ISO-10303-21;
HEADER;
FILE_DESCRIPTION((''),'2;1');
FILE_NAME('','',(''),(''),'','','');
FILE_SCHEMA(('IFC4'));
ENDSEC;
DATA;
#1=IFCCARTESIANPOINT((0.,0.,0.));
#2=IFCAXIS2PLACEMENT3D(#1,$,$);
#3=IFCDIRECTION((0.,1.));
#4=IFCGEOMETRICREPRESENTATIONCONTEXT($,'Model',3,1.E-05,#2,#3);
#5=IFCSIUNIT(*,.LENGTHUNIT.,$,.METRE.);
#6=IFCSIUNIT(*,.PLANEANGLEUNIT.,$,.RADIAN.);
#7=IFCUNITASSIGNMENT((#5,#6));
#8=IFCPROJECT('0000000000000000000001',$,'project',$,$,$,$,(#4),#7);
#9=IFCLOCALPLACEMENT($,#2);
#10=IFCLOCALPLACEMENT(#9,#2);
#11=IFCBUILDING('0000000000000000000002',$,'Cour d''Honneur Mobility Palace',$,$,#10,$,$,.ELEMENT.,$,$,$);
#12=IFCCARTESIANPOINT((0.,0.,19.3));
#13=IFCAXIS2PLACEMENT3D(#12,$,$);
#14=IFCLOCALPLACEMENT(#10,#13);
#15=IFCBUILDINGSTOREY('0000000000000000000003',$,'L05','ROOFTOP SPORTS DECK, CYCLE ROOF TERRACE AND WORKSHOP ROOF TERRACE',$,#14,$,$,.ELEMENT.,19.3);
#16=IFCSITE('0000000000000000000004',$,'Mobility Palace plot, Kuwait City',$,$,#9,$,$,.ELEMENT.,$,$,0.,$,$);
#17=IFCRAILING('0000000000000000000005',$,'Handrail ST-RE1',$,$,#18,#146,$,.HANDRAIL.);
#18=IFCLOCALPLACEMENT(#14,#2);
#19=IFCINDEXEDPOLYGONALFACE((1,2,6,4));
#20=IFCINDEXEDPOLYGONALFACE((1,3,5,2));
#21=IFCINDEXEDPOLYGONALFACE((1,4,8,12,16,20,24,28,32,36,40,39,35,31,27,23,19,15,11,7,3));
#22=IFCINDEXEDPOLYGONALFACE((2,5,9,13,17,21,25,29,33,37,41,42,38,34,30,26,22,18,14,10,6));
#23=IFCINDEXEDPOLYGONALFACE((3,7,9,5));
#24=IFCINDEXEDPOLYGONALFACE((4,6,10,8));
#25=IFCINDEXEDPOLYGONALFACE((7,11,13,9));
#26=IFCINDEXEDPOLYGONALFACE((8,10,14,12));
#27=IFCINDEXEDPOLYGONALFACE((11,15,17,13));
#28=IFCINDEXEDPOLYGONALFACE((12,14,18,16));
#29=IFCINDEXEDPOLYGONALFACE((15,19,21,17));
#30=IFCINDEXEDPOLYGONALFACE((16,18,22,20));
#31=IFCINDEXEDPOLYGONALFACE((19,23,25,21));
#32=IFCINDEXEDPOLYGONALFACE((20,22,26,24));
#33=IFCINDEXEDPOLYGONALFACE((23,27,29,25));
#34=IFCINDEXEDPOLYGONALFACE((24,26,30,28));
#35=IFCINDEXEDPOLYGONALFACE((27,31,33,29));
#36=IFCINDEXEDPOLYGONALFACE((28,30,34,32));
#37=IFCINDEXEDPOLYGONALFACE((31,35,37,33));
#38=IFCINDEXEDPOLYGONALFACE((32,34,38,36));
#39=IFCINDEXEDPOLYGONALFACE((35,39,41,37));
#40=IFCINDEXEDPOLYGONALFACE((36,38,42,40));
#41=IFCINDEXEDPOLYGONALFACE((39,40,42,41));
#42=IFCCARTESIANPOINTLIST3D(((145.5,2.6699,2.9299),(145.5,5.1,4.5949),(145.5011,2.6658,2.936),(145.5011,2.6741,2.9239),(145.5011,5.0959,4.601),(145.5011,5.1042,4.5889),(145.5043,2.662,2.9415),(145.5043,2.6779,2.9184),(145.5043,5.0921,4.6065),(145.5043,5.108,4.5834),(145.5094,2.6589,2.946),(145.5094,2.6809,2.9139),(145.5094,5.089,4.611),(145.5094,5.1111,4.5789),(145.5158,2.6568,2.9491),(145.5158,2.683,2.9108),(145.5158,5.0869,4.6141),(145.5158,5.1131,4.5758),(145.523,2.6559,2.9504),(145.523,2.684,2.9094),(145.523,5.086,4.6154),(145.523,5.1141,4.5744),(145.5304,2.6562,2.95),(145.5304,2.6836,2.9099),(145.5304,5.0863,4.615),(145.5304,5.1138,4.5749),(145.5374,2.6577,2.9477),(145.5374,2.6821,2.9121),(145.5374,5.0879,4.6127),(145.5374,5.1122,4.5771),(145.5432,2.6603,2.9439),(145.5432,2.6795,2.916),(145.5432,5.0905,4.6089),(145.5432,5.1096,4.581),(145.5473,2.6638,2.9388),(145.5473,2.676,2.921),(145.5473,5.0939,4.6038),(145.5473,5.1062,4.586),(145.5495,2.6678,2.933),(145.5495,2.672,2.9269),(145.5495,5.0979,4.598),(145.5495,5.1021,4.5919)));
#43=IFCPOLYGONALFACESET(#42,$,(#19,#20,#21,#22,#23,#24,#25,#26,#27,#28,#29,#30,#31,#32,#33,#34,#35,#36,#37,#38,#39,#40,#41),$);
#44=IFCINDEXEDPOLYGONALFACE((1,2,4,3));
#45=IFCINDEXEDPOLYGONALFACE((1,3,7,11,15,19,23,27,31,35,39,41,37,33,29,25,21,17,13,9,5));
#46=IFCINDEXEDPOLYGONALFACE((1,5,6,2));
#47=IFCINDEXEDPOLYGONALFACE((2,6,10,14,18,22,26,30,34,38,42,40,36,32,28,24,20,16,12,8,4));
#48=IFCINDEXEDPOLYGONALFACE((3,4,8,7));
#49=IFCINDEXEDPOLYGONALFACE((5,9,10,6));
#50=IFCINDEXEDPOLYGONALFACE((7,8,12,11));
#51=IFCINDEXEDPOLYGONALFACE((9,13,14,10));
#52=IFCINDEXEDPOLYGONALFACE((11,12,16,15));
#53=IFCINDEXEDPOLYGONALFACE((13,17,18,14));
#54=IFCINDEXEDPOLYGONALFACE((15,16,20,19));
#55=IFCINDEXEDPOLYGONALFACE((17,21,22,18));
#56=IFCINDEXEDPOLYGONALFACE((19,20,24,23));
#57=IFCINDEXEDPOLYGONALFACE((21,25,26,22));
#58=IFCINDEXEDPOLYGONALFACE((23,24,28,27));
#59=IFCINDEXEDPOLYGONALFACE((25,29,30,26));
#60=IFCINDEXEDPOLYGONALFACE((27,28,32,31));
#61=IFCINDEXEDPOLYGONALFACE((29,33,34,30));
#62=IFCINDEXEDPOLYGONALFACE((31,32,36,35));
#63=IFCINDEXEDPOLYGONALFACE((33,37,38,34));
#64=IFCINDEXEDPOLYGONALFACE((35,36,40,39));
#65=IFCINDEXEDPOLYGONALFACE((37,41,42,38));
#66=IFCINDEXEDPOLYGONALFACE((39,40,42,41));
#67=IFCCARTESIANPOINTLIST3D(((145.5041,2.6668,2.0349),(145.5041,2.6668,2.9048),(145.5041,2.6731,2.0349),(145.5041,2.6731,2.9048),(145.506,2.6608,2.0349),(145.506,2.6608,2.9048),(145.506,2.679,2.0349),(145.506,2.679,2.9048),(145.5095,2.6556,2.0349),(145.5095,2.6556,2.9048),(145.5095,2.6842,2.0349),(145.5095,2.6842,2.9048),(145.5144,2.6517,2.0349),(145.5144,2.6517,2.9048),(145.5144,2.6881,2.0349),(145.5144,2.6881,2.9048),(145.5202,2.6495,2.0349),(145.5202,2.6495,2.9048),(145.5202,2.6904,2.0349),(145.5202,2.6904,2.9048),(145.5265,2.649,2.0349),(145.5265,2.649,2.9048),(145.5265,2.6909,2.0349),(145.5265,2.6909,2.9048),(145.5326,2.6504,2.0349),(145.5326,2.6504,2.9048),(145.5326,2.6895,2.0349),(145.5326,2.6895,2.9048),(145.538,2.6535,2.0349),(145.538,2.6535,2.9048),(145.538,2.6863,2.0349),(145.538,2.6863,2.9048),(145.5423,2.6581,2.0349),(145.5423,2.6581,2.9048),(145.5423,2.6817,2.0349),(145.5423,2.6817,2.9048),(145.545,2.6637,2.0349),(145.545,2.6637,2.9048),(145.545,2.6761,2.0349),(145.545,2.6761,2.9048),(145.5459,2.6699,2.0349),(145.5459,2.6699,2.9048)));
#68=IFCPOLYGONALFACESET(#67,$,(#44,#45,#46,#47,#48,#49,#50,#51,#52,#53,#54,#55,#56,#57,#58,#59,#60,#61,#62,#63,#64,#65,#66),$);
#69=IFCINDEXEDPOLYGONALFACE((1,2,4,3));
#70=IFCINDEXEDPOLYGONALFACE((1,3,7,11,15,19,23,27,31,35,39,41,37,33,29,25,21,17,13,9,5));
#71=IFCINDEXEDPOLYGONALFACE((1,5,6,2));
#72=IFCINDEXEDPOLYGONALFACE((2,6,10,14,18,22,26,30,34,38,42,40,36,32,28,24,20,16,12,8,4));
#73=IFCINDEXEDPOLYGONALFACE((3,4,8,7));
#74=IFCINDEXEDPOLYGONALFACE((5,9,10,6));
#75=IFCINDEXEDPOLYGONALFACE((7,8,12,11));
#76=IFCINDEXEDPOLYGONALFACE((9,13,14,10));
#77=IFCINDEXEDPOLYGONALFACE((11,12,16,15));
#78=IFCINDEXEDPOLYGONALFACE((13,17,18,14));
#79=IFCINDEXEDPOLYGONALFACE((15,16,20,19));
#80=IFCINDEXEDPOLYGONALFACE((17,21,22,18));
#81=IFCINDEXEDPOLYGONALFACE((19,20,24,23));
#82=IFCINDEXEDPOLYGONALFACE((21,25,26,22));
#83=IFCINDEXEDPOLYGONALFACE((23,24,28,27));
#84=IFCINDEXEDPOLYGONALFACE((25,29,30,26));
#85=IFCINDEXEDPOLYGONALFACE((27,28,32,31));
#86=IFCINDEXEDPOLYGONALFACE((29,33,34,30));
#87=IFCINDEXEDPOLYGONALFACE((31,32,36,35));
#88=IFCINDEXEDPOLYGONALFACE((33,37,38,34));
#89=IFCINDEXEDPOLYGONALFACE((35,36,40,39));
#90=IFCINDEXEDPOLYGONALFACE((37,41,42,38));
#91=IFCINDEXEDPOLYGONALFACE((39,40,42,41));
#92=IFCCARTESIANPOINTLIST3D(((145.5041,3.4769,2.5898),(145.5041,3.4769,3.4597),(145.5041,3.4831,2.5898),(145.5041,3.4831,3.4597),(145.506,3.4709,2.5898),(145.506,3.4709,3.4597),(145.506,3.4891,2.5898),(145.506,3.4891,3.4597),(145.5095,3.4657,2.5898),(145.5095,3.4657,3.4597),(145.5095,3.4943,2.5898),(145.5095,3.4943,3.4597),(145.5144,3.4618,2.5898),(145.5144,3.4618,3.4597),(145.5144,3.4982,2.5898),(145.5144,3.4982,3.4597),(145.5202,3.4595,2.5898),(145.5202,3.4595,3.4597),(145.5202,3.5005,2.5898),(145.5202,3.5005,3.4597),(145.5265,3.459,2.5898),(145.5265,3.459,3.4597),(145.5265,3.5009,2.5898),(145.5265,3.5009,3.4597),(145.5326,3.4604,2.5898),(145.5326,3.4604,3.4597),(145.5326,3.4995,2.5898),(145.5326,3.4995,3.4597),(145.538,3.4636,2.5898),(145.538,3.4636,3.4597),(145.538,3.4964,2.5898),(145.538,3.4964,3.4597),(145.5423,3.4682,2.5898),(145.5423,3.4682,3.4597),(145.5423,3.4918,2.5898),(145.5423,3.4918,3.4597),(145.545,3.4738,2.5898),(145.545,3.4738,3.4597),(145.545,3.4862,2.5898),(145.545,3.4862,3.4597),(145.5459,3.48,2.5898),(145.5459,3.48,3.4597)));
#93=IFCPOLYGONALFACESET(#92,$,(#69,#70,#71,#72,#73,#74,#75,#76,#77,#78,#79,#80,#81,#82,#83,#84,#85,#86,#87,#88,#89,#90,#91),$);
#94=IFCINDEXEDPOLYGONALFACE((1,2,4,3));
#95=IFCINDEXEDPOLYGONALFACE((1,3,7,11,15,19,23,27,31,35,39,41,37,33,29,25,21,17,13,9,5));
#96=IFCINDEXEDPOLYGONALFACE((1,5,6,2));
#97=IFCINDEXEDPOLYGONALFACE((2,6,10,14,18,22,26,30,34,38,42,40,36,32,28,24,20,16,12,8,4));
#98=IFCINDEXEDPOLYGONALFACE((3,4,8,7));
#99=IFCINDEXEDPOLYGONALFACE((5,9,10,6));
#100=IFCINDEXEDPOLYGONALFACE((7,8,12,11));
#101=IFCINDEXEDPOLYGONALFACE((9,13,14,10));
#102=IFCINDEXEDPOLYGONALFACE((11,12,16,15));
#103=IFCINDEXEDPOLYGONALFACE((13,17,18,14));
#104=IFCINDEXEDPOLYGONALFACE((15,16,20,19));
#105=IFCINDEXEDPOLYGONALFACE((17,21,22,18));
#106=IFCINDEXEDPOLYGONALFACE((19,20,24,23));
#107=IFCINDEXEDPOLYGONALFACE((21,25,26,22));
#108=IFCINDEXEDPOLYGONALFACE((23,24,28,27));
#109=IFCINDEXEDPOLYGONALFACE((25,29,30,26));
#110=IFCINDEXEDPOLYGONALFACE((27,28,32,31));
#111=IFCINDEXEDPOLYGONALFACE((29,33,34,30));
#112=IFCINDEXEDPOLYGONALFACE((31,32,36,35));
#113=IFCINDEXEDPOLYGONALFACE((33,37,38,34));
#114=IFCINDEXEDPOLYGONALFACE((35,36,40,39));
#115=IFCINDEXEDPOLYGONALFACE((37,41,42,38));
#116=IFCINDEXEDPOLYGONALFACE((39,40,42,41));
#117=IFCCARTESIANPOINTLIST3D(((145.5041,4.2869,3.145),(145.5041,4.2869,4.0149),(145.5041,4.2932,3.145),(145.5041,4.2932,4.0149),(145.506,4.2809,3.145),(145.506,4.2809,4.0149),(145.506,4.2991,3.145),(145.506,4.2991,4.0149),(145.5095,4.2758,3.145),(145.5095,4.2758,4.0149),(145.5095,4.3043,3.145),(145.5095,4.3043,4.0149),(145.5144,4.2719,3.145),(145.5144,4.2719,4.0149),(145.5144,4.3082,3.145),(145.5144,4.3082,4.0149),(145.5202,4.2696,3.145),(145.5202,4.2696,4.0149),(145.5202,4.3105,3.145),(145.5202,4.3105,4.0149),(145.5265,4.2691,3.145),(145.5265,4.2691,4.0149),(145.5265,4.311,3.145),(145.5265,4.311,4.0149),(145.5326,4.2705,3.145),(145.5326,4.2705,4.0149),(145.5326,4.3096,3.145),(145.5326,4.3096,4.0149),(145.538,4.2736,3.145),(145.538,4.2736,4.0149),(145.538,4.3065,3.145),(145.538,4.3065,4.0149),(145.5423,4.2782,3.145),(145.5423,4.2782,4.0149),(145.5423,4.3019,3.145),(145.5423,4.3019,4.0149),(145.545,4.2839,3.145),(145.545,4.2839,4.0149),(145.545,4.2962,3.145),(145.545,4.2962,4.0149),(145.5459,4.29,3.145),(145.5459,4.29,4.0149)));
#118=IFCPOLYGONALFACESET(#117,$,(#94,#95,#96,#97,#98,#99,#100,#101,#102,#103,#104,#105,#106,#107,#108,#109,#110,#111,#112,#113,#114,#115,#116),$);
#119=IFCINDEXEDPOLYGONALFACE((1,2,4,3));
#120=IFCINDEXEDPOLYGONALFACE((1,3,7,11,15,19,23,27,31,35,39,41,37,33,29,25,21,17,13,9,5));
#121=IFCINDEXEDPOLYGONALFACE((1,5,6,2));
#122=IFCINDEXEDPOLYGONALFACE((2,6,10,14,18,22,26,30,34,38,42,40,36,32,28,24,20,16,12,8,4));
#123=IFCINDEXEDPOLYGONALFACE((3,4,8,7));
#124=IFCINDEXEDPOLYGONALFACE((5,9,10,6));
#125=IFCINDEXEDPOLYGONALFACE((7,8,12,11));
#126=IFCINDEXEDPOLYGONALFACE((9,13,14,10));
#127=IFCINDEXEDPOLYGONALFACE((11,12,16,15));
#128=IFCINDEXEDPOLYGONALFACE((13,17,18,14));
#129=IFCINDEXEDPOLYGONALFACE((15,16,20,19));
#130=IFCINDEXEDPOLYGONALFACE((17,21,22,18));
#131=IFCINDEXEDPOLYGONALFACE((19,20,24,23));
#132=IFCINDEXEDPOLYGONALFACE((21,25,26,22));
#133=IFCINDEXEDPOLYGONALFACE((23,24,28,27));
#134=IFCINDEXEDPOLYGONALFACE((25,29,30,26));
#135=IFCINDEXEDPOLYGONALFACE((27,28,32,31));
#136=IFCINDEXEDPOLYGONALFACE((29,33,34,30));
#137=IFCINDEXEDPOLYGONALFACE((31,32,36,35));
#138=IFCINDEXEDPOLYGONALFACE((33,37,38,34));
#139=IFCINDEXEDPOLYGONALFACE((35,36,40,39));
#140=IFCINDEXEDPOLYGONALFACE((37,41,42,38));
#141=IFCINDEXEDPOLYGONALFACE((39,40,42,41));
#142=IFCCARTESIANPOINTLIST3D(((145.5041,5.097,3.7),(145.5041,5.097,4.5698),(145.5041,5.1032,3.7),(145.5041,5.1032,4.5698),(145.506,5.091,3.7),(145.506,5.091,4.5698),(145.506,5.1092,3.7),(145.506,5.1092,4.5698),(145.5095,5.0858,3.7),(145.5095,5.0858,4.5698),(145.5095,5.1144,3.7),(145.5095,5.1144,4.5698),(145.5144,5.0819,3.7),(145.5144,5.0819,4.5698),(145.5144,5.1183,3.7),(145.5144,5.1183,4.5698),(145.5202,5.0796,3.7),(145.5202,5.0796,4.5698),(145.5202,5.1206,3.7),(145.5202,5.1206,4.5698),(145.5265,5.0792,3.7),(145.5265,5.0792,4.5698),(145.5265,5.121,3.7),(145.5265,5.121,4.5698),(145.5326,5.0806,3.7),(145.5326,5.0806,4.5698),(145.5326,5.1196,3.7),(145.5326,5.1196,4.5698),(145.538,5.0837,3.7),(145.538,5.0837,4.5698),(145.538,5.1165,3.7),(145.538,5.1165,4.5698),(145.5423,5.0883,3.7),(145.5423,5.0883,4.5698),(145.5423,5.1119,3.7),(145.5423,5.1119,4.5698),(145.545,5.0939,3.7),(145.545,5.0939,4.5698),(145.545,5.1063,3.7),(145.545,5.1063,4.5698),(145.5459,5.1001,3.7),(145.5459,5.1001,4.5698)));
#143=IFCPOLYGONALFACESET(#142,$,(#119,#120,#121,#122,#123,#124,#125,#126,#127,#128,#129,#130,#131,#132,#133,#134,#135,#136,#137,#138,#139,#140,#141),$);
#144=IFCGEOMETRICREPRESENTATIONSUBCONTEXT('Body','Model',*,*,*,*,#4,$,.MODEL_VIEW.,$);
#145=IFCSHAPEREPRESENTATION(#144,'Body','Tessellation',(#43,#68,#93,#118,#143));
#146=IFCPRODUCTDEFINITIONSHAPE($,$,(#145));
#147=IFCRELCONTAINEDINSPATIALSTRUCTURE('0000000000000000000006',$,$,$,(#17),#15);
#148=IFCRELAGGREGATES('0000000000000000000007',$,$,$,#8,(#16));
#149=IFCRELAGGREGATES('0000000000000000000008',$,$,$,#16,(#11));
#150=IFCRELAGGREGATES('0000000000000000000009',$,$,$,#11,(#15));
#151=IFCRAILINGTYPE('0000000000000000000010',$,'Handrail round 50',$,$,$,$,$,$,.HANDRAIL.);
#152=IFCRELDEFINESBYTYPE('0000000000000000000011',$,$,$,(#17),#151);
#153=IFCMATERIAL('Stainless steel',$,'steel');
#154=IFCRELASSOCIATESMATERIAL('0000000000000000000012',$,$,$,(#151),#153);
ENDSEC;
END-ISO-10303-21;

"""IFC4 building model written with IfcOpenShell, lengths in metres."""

from ifc_helpers import new_model, si_unit, direction, frame, origin, origin_2d, place, context, subcontext, project, spatial, circle, extrude, material, type_object, element, save


model = new_model("IFC4")

# Units and contexts
model_context = context("Model", 3, precision=1e-05, world=origin(), true_north=direction((0.0, 1.0)))
body_context = subcontext(model_context, "Body", "Model", "MODEL_VIEW")
ifc_project = project(units=[si_unit("LENGTHUNIT", "METRE"), si_unit("PLANEANGLEUNIT", "RADIAN")], contexts=[model_context])

# Site, building, storey
site_placement = place(None, origin())
site = spatial("IfcSite", under=ifc_project, at=site_placement, Name="Mobility Palace plot, Kuwait City", CompositionType="ELEMENT", RefElevation=0.0)
building_placement = place(site_placement, origin())
building = spatial("IfcBuilding", under=site, at=building_placement, Name="Cour d'Honneur Mobility Palace", CompositionType="ELEMENT")
storey_placement = place(building_placement, frame((0.0, 0.0, 19.3)))
storey = spatial("IfcBuildingStorey", under=building, at=storey_placement, Name="L05", Description="ROOFTOP SPORTS DECK, CYCLE ROOF TERRACE AND WORKSHOP ROOF TERRACE", CompositionType="ELEMENT", Elevation=19.3)

# Railing
ifc_material_1 = material(Name="Stainless steel", Category="steel")
railing_type_1 = type_object("IfcRailingType", Name="Handrail round 50", PredefinedType="HANDRAIL", material=ifc_material_1)
for number, where, name in (
    (1, (145.5249, 2.6699, 2.0349), "Handrail ST-RE1"),
):
    element("IfcRailing", number, at=place(storey_placement, frame(where)), inside=storey, type_object=railing_type_1, Name=name, PredefinedType="HANDRAIL", context=body_context, shape_type="SweptSolid", body=[
        extrude(circle(Radius=0.0249, at=origin_2d()), frame((0.0, 0.0, 0.895), z_axis=(0.0, 0.824945, 0.565213), x_axis=(-1.0, 0.0, 0.0)), (0.0, 0.0, 1.0), 2.9458),
        extrude(circle(Radius=0.021, at=origin_2d()), origin(), (0.0, 0.0, 1.0), 0.8699),
        extrude(circle(Radius=0.021, at=origin_2d()), frame((0.0, 0.8101, 0.5549)), (0.0, 0.0, 1.0), 0.8699),
        extrude(circle(Radius=0.021, at=origin_2d()), frame((0.0, 1.6201, 1.1101)), (0.0, 0.0, 1.0), 0.8699),
        extrude(circle(Radius=0.021, at=origin_2d()), frame((0.0, 2.4302, 1.665)), (0.0, 0.0, 1.0), 0.8699),
    ])

save(model, "model.ifc")
